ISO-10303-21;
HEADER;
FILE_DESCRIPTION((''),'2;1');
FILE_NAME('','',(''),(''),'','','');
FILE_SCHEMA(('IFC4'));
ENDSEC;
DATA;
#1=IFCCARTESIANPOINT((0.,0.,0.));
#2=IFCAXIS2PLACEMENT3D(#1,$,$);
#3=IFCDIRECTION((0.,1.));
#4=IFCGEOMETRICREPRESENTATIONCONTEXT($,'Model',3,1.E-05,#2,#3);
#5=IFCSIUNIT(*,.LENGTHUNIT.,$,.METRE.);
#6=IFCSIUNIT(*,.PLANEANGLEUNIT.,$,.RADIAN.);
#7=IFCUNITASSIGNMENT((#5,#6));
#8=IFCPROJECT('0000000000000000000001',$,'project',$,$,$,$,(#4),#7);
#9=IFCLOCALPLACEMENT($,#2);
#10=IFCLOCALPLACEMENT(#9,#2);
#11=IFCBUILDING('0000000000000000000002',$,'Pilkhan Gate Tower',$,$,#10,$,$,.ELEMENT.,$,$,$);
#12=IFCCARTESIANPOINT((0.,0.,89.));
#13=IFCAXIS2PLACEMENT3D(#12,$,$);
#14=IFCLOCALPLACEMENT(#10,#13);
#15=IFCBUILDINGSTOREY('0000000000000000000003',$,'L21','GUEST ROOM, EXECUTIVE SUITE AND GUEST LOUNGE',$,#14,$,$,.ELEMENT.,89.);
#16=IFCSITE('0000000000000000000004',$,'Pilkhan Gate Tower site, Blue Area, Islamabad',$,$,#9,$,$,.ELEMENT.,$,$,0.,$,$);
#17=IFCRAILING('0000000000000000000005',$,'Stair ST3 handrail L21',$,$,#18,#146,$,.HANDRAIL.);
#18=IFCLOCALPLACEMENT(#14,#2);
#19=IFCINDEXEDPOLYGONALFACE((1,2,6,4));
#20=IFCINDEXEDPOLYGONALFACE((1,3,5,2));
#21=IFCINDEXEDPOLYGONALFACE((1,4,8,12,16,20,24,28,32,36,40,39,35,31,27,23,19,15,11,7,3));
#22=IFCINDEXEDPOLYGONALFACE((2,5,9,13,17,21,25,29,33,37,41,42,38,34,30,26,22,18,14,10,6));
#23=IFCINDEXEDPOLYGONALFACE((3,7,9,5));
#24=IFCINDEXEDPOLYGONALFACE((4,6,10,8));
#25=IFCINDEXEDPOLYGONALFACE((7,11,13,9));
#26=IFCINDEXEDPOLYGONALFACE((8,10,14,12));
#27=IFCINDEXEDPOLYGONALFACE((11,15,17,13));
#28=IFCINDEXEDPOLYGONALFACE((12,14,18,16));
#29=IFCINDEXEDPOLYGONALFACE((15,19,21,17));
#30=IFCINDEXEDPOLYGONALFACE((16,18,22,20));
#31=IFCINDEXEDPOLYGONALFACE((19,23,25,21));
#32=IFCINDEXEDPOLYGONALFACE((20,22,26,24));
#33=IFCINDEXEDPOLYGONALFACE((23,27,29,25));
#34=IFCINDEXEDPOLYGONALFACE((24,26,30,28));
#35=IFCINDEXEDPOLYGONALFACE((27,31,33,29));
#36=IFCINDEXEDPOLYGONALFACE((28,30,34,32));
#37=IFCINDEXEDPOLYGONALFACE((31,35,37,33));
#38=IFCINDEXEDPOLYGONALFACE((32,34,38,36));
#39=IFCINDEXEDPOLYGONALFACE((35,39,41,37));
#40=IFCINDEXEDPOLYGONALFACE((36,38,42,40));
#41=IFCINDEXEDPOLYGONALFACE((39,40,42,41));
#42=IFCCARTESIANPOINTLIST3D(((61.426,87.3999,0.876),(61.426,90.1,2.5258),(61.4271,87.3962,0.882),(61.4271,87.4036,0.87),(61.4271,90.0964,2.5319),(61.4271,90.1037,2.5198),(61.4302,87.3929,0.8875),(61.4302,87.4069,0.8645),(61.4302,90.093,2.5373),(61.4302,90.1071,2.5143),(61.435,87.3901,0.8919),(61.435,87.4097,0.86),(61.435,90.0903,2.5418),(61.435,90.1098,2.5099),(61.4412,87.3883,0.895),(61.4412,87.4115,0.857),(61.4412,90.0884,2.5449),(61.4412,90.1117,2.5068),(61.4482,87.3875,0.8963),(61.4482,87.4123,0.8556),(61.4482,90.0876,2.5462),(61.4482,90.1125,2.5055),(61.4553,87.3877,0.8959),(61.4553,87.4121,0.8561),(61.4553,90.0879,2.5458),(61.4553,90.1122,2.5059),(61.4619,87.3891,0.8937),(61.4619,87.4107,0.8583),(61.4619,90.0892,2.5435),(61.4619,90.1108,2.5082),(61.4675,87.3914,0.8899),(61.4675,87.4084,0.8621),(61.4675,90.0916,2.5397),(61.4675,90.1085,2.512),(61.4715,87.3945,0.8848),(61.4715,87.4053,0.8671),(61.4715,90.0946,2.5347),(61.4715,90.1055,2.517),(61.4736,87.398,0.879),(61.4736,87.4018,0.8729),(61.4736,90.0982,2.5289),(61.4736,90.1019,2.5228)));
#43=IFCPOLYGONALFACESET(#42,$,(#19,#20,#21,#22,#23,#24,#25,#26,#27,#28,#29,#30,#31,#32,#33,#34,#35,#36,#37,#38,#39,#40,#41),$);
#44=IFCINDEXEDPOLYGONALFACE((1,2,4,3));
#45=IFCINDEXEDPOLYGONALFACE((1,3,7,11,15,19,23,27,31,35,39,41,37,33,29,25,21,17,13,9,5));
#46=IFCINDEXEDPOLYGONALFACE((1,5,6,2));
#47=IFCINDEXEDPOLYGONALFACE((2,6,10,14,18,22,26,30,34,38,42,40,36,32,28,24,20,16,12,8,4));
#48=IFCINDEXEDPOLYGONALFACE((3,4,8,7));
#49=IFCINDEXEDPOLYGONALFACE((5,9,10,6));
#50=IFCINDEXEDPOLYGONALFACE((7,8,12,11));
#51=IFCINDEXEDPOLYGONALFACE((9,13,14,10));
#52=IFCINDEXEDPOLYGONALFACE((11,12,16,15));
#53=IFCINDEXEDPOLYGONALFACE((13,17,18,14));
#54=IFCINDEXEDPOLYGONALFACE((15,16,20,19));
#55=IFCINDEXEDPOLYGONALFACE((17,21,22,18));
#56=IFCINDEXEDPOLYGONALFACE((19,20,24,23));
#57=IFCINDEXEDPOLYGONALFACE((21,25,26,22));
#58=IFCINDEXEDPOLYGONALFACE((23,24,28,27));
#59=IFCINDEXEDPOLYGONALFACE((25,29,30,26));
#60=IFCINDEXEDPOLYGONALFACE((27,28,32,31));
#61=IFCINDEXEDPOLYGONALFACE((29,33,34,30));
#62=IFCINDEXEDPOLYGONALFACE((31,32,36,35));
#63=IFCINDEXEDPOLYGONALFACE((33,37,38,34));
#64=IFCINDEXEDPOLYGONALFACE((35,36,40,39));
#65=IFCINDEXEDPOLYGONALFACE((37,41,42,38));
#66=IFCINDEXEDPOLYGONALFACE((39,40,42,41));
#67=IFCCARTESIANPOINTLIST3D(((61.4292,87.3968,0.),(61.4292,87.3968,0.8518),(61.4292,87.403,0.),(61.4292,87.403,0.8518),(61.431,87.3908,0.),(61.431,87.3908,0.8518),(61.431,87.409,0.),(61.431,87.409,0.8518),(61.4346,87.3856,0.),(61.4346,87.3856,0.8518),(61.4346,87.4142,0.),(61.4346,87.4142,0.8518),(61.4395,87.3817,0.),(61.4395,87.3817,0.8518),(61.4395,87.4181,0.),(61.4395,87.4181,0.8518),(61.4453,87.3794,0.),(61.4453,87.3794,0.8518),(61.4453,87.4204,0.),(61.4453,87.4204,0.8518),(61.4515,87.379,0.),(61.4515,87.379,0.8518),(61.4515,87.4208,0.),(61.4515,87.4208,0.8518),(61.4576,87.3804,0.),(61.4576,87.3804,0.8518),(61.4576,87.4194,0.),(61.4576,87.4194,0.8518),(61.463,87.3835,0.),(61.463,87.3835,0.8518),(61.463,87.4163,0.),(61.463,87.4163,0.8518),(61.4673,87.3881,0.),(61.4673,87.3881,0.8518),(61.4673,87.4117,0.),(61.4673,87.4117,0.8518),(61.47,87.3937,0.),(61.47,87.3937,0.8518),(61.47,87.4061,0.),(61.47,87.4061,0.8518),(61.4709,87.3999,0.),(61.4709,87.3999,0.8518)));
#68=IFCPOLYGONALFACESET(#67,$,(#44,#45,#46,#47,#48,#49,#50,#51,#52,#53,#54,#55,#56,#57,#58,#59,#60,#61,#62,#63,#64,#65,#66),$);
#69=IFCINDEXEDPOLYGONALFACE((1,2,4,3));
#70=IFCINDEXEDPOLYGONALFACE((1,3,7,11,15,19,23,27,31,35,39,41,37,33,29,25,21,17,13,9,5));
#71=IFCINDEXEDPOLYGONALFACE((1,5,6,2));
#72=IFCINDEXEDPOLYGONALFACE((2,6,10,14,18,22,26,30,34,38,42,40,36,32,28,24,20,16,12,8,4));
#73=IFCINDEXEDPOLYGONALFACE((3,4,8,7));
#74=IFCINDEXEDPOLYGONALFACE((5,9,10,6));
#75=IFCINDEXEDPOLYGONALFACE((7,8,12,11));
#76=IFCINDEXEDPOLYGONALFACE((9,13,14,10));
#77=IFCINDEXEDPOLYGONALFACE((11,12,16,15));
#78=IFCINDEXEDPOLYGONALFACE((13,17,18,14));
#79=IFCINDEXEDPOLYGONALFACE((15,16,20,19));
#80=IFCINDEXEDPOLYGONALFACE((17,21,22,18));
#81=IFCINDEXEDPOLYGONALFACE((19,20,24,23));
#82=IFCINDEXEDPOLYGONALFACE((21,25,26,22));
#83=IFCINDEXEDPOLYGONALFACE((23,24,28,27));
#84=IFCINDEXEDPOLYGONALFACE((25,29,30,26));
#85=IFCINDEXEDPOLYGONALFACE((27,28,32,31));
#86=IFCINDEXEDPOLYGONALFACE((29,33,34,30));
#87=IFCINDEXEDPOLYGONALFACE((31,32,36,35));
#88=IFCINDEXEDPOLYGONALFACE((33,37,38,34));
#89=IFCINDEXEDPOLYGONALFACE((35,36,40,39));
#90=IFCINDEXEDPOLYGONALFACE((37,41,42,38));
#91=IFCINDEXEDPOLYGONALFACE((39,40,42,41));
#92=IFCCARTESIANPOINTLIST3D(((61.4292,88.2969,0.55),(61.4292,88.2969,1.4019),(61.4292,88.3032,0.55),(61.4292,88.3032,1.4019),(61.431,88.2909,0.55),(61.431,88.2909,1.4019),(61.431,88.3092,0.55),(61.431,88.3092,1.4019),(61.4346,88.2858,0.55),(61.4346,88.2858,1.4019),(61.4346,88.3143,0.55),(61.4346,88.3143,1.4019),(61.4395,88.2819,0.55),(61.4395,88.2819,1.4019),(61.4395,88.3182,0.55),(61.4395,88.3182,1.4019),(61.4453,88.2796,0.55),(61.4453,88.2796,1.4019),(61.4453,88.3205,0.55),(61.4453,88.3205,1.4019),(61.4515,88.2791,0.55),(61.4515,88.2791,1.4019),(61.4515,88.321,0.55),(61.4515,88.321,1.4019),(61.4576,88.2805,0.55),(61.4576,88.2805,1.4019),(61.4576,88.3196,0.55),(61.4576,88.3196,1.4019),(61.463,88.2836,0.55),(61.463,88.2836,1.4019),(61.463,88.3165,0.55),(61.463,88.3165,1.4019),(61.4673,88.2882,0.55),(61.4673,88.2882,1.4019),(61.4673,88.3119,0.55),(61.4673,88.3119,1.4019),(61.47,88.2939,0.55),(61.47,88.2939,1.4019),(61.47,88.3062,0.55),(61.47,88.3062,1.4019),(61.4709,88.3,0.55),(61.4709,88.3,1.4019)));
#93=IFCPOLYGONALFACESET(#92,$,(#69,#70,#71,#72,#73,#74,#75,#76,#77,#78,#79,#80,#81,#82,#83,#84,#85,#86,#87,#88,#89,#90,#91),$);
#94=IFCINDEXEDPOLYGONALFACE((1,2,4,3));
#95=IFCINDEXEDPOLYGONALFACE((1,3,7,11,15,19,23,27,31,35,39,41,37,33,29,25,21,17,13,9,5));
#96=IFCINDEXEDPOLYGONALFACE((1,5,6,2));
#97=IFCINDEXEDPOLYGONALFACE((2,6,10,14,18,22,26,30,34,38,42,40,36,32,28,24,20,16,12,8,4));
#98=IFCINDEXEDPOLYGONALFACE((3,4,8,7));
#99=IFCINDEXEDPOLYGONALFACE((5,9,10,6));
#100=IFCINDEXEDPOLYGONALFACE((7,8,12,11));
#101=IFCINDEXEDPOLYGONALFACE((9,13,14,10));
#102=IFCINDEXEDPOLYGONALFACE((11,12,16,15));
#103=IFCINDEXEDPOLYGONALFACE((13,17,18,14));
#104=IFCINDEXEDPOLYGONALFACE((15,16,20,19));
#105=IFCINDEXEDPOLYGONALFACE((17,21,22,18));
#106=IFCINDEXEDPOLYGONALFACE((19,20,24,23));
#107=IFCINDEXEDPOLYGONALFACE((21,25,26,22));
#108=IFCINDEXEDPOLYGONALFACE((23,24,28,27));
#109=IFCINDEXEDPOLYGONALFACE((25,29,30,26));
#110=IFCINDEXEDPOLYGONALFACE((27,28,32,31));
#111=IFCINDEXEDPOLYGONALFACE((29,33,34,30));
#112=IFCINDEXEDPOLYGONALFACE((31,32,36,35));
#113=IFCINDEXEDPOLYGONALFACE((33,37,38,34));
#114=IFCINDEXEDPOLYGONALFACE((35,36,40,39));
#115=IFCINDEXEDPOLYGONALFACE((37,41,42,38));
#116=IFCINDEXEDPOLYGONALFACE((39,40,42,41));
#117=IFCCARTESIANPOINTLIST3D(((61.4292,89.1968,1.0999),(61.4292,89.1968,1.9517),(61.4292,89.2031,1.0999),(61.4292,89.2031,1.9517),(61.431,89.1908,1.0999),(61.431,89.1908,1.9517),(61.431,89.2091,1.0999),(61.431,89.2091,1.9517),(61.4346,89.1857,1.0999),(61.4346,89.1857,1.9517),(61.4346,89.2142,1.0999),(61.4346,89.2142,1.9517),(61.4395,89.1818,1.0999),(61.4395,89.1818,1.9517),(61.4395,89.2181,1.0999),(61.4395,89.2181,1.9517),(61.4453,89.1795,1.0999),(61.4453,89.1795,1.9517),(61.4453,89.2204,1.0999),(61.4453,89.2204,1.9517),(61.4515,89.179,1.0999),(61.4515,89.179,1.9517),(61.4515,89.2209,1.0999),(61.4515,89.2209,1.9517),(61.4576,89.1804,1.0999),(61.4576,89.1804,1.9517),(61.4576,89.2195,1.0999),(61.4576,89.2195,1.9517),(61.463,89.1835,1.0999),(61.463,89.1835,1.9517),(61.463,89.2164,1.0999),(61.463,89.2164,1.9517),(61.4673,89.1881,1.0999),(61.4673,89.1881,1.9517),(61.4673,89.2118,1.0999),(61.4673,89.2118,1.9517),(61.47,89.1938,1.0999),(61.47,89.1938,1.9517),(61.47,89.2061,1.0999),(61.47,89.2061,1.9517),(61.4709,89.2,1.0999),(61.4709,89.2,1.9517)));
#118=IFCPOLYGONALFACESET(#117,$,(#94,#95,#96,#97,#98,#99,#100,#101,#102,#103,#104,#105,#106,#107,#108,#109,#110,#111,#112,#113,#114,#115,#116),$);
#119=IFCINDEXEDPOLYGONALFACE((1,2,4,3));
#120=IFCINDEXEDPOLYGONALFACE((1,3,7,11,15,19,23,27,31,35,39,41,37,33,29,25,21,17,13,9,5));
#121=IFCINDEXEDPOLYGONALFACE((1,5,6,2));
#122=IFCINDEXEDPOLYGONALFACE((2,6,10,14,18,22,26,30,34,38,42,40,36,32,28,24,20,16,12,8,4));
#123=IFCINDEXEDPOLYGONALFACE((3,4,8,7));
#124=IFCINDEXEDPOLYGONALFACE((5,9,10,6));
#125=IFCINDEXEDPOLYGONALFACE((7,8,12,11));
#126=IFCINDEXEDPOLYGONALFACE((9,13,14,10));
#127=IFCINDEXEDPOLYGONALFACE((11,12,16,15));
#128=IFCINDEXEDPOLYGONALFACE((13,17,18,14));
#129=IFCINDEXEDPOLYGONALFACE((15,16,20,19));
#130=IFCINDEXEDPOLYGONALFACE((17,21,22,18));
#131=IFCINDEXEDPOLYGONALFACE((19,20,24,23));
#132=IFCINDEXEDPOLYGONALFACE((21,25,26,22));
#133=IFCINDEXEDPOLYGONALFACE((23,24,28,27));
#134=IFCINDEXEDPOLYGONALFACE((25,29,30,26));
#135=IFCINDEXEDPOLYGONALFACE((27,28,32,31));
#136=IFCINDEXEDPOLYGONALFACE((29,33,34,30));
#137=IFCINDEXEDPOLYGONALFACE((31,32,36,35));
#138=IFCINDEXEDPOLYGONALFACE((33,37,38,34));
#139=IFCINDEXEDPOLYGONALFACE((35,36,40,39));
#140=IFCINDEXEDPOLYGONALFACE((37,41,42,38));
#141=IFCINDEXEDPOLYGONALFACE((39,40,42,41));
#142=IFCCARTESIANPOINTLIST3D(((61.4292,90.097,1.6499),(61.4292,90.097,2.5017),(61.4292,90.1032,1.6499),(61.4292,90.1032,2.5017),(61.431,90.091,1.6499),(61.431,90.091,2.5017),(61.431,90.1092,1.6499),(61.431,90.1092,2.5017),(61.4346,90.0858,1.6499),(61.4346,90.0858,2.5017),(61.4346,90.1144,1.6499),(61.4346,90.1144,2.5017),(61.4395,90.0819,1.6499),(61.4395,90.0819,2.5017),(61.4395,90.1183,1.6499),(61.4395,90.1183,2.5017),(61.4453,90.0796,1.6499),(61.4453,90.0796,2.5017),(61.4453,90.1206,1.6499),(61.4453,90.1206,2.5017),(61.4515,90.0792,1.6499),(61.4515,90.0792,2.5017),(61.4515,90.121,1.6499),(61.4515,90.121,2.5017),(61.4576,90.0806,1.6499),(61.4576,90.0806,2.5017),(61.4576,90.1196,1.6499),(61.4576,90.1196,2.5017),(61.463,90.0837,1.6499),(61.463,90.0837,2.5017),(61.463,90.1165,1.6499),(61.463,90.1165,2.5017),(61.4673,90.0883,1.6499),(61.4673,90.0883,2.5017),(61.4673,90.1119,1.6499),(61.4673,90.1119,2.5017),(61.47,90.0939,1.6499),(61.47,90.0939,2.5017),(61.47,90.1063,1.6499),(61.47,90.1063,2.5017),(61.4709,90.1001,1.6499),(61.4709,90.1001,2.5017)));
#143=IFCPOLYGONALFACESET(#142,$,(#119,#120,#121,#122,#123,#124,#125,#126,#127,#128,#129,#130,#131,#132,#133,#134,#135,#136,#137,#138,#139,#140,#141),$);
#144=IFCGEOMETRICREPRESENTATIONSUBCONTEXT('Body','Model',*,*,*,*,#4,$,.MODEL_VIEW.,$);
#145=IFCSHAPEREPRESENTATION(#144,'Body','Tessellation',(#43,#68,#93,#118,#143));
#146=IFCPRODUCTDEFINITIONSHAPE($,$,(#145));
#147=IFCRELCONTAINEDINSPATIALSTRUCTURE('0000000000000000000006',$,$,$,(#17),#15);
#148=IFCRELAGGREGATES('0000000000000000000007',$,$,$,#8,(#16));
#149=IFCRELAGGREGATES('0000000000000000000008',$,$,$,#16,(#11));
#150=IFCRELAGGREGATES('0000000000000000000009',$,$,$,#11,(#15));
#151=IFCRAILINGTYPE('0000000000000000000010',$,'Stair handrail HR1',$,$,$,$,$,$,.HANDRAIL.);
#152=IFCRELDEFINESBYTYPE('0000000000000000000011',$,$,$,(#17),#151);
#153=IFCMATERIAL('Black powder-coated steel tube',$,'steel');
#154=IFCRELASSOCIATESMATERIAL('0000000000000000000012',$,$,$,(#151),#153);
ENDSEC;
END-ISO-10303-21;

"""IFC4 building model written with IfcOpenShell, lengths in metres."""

from ifc_helpers import new_model, si_unit, direction, frame, origin, origin_2d, place, context, subcontext, project, spatial, circle, extrude, material, type_object, element, save


model = new_model("IFC4")

# Units and contexts
model_context = context("Model", 3, precision=1e-05, world=origin(), true_north=direction((0.0, 1.0)))
body_context = subcontext(model_context, "Body", "Model", "MODEL_VIEW")
ifc_project = project(units=[si_unit("LENGTHUNIT", "METRE"), si_unit("PLANEANGLEUNIT", "RADIAN")], contexts=[model_context])

# Site, building, storey
site_placement = place(None, origin())
site = spatial("IfcSite", under=ifc_project, at=site_placement, Name="Pilkhan Gate Tower site, Blue Area, Islamabad", CompositionType="ELEMENT", RefElevation=0.0)
building_placement = place(site_placement, origin())
building = spatial("IfcBuilding", under=site, at=building_placement, Name="Pilkhan Gate Tower", CompositionType="ELEMENT")
storey_placement = place(building_placement, frame((0.0, 0.0, 89.0)))
storey = spatial("IfcBuildingStorey", under=building, at=storey_placement, Name="L21", Description="GUEST ROOM, EXECUTIVE SUITE AND GUEST LOUNGE", CompositionType="ELEMENT", Elevation=89.0)

# Railing
ifc_material_1 = material(Name="Black powder-coated steel tube", Category="steel")
railing_type_1 = type_object("IfcRailingType", Name="Stair handrail HR1", PredefinedType="HANDRAIL", material=ifc_material_1)
railing_1_placement = place(storey_placement, frame((61.45, 87.3999, 0.0)))
element("IfcRailing", 1, at=railing_1_placement, inside=storey, type_object=railing_type_1, Name="Stair ST3 handrail L21", PredefinedType="HANDRAIL", context=body_context, shape_type="SweptSolid", body=[
    extrude(circle(Radius=0.0239, at=origin_2d()), frame((0.0, 0.0, 0.876), z_axis=(0.0, 0.853312, 0.5214), x_axis=(-1.0, 0.0, 0.0)), (0.0, 0.0, 1.0), 3.1643),
    extrude(circle(Radius=0.021, at=origin_2d()), origin(), (0.0, 0.0, 1.0), 0.8518),
    extrude(circle(Radius=0.021, at=origin_2d()), frame((0.0, 0.9001, 0.55)), (0.0, 0.0, 1.0), 0.8518),
    extrude(circle(Radius=0.021, at=origin_2d()), frame((0.0, 1.8, 1.0999)), (0.0, 0.0, 1.0), 0.8518),
    extrude(circle(Radius=0.021, at=origin_2d()), frame((0.0, 2.7002, 1.6499)), (0.0, 0.0, 1.0), 0.8518),
])

save(model, "model.ifc")
